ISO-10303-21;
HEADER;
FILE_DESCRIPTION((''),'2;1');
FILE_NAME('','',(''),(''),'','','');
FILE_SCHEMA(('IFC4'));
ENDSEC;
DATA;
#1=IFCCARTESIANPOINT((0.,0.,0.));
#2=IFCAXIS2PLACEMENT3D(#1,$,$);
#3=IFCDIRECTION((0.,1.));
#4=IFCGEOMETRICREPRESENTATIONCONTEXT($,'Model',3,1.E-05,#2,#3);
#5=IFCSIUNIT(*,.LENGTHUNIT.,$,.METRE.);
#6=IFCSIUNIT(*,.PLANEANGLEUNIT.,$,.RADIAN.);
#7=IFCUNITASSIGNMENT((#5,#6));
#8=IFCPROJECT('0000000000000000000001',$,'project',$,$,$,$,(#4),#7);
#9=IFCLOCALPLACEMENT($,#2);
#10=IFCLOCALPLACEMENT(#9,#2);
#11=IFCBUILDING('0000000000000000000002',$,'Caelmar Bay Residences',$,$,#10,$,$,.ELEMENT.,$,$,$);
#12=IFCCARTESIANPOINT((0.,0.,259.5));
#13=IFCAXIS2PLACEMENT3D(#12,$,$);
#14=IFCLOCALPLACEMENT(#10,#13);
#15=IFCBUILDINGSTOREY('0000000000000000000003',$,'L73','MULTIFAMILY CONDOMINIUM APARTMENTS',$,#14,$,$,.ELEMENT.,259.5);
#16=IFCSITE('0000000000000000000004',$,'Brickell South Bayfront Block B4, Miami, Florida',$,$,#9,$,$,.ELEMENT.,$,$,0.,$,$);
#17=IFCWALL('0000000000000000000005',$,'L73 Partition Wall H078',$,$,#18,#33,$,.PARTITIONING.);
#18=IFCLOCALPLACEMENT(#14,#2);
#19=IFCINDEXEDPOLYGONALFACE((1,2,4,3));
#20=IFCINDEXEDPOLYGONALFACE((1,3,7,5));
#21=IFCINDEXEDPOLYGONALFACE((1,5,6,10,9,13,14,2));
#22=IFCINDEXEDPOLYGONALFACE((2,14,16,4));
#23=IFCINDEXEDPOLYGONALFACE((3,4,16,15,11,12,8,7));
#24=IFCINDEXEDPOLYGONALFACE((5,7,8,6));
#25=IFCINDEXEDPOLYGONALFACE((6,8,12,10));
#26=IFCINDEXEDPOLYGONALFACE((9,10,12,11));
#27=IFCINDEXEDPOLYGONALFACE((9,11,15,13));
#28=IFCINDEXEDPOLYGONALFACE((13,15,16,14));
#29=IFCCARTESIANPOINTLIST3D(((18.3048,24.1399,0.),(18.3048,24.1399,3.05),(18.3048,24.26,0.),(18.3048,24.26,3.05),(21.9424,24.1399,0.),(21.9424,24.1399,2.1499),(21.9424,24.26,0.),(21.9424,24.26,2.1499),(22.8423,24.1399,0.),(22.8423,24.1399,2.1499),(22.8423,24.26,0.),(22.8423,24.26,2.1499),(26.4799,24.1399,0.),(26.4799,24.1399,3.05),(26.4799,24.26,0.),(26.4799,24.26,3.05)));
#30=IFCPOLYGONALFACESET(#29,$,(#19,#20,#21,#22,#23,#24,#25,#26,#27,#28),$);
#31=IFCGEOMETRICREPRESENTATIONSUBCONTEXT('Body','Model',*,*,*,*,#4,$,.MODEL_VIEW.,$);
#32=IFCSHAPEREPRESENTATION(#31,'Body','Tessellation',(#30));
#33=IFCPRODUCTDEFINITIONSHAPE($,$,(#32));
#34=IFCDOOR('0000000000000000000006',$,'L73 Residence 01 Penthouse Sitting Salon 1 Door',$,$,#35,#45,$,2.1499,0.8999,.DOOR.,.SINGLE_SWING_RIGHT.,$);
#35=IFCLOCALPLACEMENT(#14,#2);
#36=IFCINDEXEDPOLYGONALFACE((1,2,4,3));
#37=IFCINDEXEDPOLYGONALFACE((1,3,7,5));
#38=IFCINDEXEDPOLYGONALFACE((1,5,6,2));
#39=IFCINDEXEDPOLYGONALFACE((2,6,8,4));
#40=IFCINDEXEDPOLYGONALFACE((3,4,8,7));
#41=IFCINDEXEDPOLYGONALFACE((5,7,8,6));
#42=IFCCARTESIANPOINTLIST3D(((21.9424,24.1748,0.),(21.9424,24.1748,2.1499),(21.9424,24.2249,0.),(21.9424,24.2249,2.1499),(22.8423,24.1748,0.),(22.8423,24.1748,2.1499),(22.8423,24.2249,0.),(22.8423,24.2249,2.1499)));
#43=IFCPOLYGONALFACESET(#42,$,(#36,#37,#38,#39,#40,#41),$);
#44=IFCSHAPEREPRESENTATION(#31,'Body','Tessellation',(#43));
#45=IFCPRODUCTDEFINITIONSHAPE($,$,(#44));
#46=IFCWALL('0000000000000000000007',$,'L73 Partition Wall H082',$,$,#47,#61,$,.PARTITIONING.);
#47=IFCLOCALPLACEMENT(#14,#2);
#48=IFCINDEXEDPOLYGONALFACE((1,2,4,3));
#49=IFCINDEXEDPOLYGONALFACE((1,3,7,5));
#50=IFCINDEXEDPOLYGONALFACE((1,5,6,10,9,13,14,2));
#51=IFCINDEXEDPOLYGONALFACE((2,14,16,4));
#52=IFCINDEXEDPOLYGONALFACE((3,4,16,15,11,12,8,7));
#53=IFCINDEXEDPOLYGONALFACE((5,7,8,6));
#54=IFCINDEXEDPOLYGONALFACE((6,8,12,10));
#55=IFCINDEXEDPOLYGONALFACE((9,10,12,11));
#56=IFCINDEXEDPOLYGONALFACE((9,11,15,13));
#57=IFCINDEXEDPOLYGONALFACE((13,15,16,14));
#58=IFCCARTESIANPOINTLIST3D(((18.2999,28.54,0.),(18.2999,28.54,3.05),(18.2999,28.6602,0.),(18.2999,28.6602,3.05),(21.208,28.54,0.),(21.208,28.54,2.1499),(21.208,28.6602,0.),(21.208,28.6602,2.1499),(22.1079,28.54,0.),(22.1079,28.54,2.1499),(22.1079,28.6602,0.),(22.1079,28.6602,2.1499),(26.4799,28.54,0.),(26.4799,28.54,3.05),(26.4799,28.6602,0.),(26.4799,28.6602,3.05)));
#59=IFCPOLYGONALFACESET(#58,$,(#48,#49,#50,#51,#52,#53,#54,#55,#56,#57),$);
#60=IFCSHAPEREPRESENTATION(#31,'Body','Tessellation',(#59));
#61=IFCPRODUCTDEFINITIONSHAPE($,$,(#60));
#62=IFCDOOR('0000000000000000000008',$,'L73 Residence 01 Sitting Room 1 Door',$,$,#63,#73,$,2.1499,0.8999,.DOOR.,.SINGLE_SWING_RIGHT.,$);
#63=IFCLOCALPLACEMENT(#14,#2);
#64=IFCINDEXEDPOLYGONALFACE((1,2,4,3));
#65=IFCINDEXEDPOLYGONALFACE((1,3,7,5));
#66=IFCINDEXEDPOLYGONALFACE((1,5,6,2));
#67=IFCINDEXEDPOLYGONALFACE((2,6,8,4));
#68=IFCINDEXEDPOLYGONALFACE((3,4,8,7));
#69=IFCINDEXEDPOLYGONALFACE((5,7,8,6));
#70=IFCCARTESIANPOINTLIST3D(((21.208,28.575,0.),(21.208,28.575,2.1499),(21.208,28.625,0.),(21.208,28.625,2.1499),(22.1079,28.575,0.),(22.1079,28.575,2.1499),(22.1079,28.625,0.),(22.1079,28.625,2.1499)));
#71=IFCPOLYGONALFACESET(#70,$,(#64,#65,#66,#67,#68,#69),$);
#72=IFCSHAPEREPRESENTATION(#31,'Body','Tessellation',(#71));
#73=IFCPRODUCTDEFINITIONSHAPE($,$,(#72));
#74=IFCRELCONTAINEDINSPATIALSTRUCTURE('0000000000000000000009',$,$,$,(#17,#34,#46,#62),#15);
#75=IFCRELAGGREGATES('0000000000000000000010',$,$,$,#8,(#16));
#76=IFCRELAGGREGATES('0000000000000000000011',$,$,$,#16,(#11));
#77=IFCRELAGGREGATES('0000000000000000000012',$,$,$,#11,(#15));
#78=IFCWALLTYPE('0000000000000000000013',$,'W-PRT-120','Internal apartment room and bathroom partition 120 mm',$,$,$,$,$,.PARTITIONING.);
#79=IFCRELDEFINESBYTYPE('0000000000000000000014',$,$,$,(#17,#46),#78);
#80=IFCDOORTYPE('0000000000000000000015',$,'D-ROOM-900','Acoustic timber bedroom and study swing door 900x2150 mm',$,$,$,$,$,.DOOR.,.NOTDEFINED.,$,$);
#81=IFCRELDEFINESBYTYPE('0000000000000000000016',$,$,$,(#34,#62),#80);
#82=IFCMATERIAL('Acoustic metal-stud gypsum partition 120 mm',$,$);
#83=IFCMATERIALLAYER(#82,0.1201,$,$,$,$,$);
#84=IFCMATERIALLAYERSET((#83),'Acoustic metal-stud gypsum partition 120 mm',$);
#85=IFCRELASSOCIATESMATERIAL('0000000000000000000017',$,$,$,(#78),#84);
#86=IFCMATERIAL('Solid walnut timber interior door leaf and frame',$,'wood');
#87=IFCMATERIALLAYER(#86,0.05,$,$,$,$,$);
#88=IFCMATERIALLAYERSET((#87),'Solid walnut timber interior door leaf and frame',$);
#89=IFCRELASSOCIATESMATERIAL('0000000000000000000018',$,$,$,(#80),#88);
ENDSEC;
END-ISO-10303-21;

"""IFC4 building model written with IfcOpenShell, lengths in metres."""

from ifc_helpers import new_model, si_unit, direction, frame, frame_2d, origin, place, context, subcontext, project, spatial, rectangle, extrude, material, layer, layer_set, type_object, element, fill, save


model = new_model("IFC4")

# Units and contexts
model_context = context("Model", 3, precision=1e-05, world=origin(), true_north=direction((0.0, 1.0)))
body_context = subcontext(model_context, "Body", "Model", "MODEL_VIEW")
ifc_project = project(units=[si_unit("LENGTHUNIT", "METRE"), si_unit("PLANEANGLEUNIT", "RADIAN")], contexts=[model_context])

# Site, building, storey
site_placement = place(None, origin())
site = spatial("IfcSite", under=ifc_project, at=site_placement, Name="Brickell South Bayfront Block B4, Miami, Florida", CompositionType="ELEMENT", RefElevation=0.0)
building_placement = place(site_placement, origin())
building = spatial("IfcBuilding", under=site, at=building_placement, Name="Caelmar Bay Residences", CompositionType="ELEMENT")
storey_placement = place(building_placement, frame((0.0, 0.0, 259.5)))
storey = spatial("IfcBuildingStorey", under=building, at=storey_placement, Name="L73", Description="MULTIFAMILY CONDOMINIUM APARTMENTS", CompositionType="ELEMENT", Elevation=259.5)

# Shared definitions
ifc_material_1 = material(Name="Acoustic metal-stud gypsum partition 120 mm")
ifc_layer_1 = layer(ifc_material_1, 0.1201)
ifc_layer_set_1 = layer_set([ifc_layer_1], Name="Acoustic metal-stud gypsum partition 120 mm")
wall_type = type_object("IfcWallType", Name="W-PRT-120", Description="Internal apartment room and bathroom partition 120 mm", PredefinedType="PARTITIONING", material=ifc_layer_set_1)
ifc_material_2 = material(Name="Solid walnut timber interior door leaf and frame", Category="wood")
ifc_layer_2 = layer(ifc_material_2, 0.05)
ifc_layer_set_2 = layer_set([ifc_layer_2], Name="Solid walnut timber interior door leaf and frame")
door_type_1 = type_object("IfcDoorType", Name="D-ROOM-900", Description="Acoustic timber bedroom and study swing door 900x2150 mm", OperationType="NOTDEFINED", PredefinedType="DOOR", material=ifc_layer_set_2)

# Walls, openings, doors
wall_1_placement = place(storey_placement, frame((18.3049, 24.2, 0.0), z_axis=(0.0, 0.0, 1.0), x_axis=(1.0, 0.0, 0.0)))
wall_1 = element("IfcWall", 1, at=wall_1_placement, inside=storey, type_object=wall_type, Name="L73 Partition Wall H078", PredefinedType="PARTITIONING", context=body_context, shape_type="SweptSolid", body=[
    extrude(rectangle(XDim=8.175, YDim=0.1201, at=frame_2d((4.0874, 0.0))), origin(), (0.0, 0.0, 1.0), 3.05),
])
opening_1_placement = place(wall_1_placement, frame((3.6375, 0.0, 0.0)))
opening_1 = element("IfcOpeningElement", 2, at=opening_1_placement, cuts=wall_1, PredefinedType="OPENING", context=body_context, shape_type="SweptSolid", body=[
    extrude(rectangle(XDim=0.8999, YDim=2.1499, at=frame_2d((0.45, 1.075))), frame((0.0, 0.0701, 0.0), z_axis=(0.0, -1.0, 0.0), x_axis=(1.0, 0.0, 0.0)), (0.0, 0.0, 1.0), 0.1401),
])
door_1_placement = place(opening_1_placement, origin())
door_1 = element("IfcDoor", 3, at=door_1_placement, inside=storey, type_object=door_type_1, Name="L73 Residence 01 Penthouse Sitting Salon 1 Door", OperationType="SINGLE_SWING_RIGHT", OverallHeight=2.1499, OverallWidth=0.8999, PredefinedType="DOOR", context=body_context, shape_type="SweptSolid", body=[
    extrude(rectangle(XDim=0.8999, YDim=2.1499, at=frame_2d((0.45, 1.075))), frame((0.0, 0.0249, 0.0), z_axis=(0.0, -1.0, 0.0), x_axis=(1.0, 0.0, 0.0)), (0.0, 0.0, 1.0), 0.05),
])
fill(opening_1, door_1)
wall_2_placement = place(storey_placement, frame((18.3, 28.6001, 0.0), z_axis=(0.0, 0.0, 1.0), x_axis=(1.0, 0.0, 0.0)))
wall_2 = element("IfcWall", 4, at=wall_2_placement, inside=storey, type_object=wall_type, Name="L73 Partition Wall H082", PredefinedType="PARTITIONING", context=body_context, shape_type="SweptSolid", body=[
    extrude(rectangle(XDim=8.1799, YDim=0.1201, at=frame_2d((4.0898, 0.0))), origin(), (0.0, 0.0, 1.0), 3.05),
])
opening_2_placement = place(wall_2_placement, frame((2.908, 0.0, 0.0)))
opening_2 = element("IfcOpeningElement", 5, at=opening_2_placement, cuts=wall_2, PredefinedType="OPENING", context=body_context, shape_type="SweptSolid", body=[
    extrude(rectangle(XDim=0.8999, YDim=2.1499, at=frame_2d((0.45, 1.075))), frame((0.0, 0.0701, 0.0), z_axis=(0.0, -1.0, 0.0), x_axis=(1.0, 0.0, 0.0)), (0.0, 0.0, 1.0), 0.1401),
])
door_2_placement = place(opening_2_placement, origin())
door_2 = element("IfcDoor", 6, at=door_2_placement, inside=storey, type_object=door_type_1, Name="L73 Residence 01 Sitting Room 1 Door", OperationType="SINGLE_SWING_RIGHT", OverallHeight=2.1499, OverallWidth=0.8999, PredefinedType="DOOR", context=body_context, shape_type="SweptSolid", body=[
    extrude(rectangle(XDim=0.8999, YDim=2.1499, at=frame_2d((0.45, 1.075))), frame((0.0, 0.0249, 0.0), z_axis=(0.0, -1.0, 0.0), x_axis=(1.0, 0.0, 0.0)), (0.0, 0.0, 1.0), 0.05),
])
fill(opening_2, door_2)

save(model, "model.ifc")
